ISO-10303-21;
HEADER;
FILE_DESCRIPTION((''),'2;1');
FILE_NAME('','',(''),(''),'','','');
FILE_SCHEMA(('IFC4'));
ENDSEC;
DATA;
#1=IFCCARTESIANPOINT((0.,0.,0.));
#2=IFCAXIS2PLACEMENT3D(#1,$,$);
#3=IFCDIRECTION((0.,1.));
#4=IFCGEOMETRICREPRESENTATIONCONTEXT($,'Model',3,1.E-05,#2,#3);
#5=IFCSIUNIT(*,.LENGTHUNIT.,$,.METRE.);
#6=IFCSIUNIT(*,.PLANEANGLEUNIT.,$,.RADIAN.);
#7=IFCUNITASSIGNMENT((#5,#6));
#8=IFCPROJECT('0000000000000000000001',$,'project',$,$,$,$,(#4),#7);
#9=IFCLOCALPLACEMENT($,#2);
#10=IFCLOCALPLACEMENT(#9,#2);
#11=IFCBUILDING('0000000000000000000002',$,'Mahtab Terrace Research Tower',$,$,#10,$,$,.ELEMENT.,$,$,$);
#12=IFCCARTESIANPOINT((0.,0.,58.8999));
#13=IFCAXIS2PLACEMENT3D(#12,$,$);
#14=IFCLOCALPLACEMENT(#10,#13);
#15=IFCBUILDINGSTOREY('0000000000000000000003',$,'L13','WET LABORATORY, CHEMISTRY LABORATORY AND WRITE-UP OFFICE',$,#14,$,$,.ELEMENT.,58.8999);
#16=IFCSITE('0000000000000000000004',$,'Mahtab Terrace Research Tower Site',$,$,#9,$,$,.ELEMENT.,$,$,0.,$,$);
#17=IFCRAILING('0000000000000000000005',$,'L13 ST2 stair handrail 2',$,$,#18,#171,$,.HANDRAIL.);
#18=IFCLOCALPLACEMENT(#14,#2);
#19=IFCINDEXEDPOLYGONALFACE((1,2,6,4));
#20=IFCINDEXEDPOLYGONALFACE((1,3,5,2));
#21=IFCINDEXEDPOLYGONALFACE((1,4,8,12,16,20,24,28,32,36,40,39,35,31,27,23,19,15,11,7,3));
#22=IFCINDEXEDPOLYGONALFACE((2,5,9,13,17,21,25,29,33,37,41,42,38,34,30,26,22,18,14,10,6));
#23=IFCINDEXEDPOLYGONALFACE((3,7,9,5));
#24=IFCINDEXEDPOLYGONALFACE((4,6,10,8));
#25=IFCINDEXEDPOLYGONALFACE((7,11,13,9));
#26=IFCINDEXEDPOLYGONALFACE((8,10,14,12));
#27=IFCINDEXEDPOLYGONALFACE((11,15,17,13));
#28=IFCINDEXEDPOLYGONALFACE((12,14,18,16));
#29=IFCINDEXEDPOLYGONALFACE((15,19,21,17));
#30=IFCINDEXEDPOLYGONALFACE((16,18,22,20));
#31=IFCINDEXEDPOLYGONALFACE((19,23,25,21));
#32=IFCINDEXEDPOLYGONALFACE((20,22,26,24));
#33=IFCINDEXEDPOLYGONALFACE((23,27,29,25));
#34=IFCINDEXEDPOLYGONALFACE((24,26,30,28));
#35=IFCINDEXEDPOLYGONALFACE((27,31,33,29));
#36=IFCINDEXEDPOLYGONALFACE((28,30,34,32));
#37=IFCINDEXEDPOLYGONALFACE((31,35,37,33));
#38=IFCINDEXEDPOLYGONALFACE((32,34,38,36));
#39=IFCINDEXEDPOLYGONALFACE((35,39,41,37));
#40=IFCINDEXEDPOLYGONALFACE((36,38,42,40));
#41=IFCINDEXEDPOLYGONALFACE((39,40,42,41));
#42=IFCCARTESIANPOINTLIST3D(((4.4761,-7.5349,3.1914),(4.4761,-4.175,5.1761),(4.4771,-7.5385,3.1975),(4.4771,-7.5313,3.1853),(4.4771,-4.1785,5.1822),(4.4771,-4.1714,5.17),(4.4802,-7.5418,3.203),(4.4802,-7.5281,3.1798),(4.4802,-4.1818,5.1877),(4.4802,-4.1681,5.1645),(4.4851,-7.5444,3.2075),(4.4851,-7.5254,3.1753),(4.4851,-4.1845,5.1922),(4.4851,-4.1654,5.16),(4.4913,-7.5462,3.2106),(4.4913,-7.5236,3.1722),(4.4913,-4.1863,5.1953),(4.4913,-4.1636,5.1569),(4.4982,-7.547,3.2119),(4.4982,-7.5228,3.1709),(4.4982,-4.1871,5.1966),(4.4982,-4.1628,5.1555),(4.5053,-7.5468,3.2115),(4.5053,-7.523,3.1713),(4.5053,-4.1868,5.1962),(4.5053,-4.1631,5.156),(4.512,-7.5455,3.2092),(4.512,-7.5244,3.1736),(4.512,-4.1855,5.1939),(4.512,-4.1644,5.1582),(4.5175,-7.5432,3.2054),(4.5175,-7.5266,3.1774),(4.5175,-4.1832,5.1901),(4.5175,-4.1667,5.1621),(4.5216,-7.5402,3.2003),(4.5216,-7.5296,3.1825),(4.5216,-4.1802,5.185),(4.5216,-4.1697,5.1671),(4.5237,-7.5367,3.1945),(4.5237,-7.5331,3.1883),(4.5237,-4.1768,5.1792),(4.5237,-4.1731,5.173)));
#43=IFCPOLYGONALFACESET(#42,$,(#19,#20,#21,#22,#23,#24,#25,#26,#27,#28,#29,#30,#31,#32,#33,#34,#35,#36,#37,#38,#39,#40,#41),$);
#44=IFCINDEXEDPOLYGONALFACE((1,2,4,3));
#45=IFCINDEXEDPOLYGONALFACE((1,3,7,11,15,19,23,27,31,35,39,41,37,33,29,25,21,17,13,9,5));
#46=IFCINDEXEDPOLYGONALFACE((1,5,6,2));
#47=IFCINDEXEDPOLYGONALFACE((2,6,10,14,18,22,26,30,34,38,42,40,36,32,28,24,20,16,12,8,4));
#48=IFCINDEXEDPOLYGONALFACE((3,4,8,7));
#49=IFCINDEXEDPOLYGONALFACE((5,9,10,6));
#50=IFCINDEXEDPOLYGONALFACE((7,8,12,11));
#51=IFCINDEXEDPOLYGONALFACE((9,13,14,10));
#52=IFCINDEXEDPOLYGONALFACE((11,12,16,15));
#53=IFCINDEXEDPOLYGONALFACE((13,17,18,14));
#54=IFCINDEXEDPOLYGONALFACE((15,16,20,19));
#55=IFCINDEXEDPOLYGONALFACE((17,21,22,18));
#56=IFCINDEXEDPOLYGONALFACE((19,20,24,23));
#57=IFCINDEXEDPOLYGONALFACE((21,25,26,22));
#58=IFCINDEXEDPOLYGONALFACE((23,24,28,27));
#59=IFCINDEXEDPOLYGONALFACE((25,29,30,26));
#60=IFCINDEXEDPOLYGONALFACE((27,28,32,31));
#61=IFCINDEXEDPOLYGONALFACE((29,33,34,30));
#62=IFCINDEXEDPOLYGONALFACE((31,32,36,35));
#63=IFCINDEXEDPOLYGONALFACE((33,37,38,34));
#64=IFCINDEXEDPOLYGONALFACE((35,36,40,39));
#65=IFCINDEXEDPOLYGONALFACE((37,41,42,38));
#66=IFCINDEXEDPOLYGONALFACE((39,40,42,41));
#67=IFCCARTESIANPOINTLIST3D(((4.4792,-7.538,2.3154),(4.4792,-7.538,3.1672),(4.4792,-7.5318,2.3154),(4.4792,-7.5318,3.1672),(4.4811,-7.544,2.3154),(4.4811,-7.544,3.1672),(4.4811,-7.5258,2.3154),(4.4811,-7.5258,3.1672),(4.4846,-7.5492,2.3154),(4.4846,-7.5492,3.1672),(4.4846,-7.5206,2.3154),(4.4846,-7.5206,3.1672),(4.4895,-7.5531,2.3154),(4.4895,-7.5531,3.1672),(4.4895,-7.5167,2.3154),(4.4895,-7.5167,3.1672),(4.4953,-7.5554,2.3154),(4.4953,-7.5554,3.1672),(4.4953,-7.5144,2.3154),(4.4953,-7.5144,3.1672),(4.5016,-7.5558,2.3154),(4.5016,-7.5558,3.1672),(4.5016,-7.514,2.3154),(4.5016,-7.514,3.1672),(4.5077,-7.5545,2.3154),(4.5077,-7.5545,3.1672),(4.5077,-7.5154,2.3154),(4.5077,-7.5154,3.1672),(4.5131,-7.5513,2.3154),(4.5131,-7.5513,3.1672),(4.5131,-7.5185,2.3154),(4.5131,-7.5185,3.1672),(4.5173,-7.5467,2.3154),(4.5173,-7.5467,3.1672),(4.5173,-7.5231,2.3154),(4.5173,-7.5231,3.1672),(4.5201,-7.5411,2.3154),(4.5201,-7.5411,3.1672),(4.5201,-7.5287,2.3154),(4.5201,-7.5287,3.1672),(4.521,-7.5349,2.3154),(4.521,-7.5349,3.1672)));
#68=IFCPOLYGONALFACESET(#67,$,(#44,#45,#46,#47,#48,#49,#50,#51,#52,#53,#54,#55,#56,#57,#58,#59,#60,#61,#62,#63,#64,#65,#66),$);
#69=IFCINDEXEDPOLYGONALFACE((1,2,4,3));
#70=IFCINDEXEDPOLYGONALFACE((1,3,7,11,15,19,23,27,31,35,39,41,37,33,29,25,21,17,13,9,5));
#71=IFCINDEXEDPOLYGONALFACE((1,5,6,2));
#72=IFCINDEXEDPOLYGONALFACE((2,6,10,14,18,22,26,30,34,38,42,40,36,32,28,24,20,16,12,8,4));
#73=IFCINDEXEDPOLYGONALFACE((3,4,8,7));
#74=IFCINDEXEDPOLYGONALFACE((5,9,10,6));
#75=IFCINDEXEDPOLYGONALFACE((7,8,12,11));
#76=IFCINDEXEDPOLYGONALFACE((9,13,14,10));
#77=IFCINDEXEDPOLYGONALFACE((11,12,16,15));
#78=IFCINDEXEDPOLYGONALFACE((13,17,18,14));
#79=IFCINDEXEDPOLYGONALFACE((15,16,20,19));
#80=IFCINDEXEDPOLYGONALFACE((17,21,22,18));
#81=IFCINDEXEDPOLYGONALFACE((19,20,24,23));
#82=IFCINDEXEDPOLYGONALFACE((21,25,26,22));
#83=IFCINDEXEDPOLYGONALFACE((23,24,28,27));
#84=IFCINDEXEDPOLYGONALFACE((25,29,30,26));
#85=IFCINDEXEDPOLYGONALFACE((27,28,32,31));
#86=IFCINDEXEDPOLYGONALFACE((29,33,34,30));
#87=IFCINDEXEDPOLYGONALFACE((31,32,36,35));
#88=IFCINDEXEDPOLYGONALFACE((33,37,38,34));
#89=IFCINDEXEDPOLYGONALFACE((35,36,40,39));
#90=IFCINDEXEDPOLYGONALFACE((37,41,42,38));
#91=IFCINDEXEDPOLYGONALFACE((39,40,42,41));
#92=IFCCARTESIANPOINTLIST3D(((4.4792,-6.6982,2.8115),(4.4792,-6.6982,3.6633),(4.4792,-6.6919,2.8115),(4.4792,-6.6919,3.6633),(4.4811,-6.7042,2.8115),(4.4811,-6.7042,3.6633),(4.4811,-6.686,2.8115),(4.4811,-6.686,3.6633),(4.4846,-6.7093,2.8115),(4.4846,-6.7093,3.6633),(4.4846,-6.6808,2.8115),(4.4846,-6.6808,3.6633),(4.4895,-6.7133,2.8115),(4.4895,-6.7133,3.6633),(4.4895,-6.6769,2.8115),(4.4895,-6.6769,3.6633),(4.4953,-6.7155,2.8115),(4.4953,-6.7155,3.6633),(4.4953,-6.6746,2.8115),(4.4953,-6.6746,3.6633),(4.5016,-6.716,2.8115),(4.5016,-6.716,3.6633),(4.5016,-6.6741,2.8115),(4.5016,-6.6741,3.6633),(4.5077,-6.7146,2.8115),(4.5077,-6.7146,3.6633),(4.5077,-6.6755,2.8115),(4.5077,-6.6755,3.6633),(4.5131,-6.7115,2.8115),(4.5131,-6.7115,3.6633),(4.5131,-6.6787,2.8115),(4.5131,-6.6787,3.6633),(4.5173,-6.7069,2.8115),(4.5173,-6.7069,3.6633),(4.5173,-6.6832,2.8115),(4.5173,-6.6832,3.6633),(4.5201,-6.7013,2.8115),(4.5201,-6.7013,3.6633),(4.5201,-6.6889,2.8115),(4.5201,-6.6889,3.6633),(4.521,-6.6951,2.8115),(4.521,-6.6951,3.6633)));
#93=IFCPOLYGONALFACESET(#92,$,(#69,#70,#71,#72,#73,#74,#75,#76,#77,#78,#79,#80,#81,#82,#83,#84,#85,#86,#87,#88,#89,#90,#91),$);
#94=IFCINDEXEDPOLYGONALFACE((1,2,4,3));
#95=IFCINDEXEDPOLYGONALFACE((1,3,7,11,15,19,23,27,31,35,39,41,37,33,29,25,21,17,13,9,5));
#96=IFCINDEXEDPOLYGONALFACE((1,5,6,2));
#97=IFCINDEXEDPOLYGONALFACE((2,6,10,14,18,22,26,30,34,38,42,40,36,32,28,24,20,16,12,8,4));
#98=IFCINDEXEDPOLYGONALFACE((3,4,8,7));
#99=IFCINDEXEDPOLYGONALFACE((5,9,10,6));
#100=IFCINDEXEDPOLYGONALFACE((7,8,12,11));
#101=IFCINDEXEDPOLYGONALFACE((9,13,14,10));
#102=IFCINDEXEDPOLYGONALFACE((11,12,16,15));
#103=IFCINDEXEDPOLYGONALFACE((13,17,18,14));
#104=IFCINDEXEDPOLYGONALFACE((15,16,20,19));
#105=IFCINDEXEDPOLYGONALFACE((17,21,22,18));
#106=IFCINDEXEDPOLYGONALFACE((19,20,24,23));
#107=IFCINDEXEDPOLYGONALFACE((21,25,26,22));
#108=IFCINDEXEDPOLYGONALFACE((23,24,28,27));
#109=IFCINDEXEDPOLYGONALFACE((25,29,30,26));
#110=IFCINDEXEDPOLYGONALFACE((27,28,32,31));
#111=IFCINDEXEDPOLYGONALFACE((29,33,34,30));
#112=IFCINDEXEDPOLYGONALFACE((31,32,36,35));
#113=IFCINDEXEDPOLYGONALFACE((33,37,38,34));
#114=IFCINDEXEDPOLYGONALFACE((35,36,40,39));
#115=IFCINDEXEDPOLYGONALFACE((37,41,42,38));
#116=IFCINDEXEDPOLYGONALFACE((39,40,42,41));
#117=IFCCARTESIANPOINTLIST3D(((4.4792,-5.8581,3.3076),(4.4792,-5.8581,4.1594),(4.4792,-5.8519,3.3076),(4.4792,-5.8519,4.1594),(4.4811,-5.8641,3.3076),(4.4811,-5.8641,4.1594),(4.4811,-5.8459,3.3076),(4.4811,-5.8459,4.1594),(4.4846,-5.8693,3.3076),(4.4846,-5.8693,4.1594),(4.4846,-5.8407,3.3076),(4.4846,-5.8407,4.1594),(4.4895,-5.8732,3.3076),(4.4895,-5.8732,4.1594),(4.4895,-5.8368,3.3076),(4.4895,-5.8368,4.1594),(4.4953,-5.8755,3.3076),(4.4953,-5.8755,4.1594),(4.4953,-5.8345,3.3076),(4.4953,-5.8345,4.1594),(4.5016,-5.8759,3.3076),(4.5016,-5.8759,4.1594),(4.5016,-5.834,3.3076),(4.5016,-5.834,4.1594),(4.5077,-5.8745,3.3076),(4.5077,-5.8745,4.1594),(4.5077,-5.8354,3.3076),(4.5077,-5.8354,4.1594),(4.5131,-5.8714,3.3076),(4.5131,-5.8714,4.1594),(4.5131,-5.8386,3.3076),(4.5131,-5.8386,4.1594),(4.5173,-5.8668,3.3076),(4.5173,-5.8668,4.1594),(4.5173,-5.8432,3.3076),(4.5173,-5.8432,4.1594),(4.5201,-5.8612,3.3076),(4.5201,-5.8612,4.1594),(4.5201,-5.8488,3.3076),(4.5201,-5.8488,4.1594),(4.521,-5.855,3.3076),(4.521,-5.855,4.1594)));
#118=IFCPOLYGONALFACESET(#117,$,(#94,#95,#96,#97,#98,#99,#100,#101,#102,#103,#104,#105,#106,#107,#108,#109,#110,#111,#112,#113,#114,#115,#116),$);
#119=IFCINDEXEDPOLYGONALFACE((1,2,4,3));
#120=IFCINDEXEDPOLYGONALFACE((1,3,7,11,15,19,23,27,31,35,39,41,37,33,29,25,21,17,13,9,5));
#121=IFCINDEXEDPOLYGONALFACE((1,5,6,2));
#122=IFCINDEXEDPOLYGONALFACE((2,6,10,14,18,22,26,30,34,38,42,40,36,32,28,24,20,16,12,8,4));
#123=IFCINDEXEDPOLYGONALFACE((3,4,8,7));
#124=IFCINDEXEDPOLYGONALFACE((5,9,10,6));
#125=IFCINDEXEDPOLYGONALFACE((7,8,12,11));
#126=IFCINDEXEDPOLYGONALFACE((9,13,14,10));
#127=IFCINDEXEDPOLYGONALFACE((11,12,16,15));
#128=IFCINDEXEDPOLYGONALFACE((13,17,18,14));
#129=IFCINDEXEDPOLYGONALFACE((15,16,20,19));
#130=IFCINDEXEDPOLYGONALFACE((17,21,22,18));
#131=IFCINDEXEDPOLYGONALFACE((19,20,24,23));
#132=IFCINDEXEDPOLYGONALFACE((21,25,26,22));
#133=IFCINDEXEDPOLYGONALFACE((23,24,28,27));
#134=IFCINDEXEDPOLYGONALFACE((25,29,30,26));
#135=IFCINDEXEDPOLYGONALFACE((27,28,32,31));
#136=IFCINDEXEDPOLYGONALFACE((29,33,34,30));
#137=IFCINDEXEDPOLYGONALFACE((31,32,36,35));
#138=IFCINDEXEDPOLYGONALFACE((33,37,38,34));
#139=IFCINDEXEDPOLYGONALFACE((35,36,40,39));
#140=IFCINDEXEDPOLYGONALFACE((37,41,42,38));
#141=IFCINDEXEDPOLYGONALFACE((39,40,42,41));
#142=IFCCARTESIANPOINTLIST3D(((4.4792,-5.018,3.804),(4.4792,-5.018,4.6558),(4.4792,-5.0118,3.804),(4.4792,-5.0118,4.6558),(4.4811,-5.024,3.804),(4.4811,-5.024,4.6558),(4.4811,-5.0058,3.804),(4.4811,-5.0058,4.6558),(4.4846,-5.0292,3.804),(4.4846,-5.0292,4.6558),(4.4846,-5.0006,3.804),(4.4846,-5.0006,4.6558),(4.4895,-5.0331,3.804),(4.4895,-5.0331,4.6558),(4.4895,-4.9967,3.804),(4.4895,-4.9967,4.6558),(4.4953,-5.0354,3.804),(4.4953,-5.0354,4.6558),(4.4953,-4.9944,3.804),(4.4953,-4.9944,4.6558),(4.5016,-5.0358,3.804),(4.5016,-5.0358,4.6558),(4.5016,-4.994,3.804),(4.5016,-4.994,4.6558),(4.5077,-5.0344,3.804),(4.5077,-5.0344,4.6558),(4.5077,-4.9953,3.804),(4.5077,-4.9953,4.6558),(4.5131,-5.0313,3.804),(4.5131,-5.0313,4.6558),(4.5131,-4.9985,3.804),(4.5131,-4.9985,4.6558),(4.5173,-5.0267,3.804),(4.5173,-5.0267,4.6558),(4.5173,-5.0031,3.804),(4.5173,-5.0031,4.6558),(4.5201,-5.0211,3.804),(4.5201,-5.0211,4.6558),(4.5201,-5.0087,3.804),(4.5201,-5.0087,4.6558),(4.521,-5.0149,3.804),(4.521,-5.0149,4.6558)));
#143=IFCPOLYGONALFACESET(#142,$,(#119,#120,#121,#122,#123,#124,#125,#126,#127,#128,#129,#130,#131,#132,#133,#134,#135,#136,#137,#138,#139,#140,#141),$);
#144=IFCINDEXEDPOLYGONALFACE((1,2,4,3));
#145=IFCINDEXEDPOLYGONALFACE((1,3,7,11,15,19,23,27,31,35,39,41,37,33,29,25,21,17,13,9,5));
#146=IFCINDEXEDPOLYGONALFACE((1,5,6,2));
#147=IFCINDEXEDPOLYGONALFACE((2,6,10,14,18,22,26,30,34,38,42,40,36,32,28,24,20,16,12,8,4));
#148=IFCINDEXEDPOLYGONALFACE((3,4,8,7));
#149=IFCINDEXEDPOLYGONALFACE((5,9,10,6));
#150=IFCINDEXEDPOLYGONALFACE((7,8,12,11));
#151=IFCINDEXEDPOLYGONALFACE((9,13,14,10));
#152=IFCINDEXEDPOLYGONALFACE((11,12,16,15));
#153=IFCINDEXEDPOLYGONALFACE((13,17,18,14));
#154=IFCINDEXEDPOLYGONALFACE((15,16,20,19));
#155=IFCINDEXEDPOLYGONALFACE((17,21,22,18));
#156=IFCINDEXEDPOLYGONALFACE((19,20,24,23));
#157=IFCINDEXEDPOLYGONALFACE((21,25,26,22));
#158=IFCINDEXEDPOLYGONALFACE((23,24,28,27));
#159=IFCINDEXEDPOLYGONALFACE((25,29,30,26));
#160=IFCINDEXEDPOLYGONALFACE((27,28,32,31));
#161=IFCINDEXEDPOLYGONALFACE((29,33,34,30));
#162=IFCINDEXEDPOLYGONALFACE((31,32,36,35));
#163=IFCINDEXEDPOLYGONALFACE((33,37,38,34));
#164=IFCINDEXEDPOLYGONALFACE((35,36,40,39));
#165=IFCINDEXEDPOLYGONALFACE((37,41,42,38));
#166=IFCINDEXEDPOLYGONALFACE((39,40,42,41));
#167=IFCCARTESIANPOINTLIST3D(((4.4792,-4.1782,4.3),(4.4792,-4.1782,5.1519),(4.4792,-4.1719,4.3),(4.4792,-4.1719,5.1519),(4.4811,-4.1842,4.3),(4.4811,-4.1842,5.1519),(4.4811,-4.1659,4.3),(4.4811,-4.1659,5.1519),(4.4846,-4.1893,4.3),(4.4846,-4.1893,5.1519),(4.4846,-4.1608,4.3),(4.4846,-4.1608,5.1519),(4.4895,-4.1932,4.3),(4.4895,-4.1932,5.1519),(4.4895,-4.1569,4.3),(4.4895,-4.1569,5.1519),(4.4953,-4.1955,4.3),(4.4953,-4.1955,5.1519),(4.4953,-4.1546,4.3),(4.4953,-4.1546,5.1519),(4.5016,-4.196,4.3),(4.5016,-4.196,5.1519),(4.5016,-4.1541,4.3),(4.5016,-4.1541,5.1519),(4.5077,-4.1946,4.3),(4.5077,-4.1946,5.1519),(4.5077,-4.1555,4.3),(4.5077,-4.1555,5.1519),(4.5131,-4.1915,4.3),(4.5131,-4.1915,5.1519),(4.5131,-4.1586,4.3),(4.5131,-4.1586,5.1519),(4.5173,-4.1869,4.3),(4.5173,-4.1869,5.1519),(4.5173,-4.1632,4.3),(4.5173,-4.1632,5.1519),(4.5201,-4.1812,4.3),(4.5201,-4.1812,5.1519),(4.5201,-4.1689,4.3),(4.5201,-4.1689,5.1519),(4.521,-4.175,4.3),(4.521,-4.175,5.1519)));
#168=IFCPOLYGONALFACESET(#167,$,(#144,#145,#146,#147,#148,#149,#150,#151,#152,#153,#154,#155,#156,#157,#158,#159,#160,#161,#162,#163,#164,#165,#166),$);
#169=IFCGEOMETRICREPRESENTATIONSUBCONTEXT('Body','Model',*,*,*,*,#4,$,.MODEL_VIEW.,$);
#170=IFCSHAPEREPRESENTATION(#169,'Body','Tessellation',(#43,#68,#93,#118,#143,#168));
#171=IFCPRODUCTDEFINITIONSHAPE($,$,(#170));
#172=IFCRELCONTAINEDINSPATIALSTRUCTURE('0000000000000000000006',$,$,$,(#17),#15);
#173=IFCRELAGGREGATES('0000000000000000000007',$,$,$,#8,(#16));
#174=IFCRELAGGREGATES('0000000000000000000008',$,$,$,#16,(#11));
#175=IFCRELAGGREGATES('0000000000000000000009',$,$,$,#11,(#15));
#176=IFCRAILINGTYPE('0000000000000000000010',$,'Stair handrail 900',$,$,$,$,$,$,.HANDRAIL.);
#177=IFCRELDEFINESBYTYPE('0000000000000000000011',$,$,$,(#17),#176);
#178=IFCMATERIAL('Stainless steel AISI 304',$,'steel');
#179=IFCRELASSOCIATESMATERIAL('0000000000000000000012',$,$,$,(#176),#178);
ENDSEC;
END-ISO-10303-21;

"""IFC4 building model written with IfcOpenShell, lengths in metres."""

from ifc_helpers import new_model, si_unit, direction, frame, origin, origin_2d, place, context, subcontext, project, spatial, circle, extrude, material, type_object, element, save


model = new_model("IFC4")

# Units and contexts
model_context = context("Model", 3, precision=1e-05, world=origin(), true_north=direction((0.0, 1.0)))
body_context = subcontext(model_context, "Body", "Model", "MODEL_VIEW")
ifc_project = project(units=[si_unit("LENGTHUNIT", "METRE"), si_unit("PLANEANGLEUNIT", "RADIAN")], contexts=[model_context])

# Site, building, storey
site_placement = place(None, origin())
site = spatial("IfcSite", under=ifc_project, at=site_placement, Name="Mahtab Terrace Research Tower Site", CompositionType="ELEMENT", RefElevation=0.0)
building_placement = place(site_placement, origin())
building = spatial("IfcBuilding", under=site, at=building_placement, Name="Mahtab Terrace Research Tower", CompositionType="ELEMENT")
storey_placement = place(building_placement, frame((0.0, 0.0, 58.8999)))
storey = spatial("IfcBuildingStorey", under=building, at=storey_placement, Name="L13", Description="WET LABORATORY, CHEMISTRY LABORATORY AND WRITE-UP OFFICE", CompositionType="ELEMENT", Elevation=58.8999)

# Railing
ifc_material_1 = material(Name="Stainless steel AISI 304", Category="steel")
railing_type_1 = type_object("IfcRailingType", Name="Stair handrail 900", PredefinedType="HANDRAIL", material=ifc_material_1)
railing_1_placement = place(storey_placement, frame((4.5, -7.5349, 2.3154)))
element("IfcRailing", 1, at=railing_1_placement, inside=storey, type_object=railing_type_1, Name="L13 ST2 stair handrail 2", PredefinedType="HANDRAIL", context=body_context, shape_type="SweptSolid", body=[
    extrude(circle(Radius=0.0239, at=origin_2d()), frame((0.0, 0.0, 0.876), z_axis=(0.0, 0.861011, 0.508586), x_axis=(-1.0, 0.0, 0.0)), (0.0, 0.0, 1.0), 3.9023),
    extrude(circle(Radius=0.021, at=origin_2d()), origin(), (0.0, 0.0, 1.0), 0.8518),
    extrude(circle(Radius=0.021, at=origin_2d()), frame((0.0, 0.8398, 0.4961)), (0.0, 0.0, 1.0), 0.8518),
    extrude(circle(Radius=0.021, at=origin_2d()), frame((0.0, 1.6799, 0.9922)), (0.0, 0.0, 1.0), 0.8518),
    extrude(circle(Radius=0.021, at=origin_2d()), frame((0.0, 2.52, 1.4885)), (0.0, 0.0, 1.0), 0.8518),
    extrude(circle(Radius=0.021, at=origin_2d()), frame((0.0, 3.3599, 1.9846)), (0.0, 0.0, 1.0), 0.8518),
])

save(model, "model.ifc")
